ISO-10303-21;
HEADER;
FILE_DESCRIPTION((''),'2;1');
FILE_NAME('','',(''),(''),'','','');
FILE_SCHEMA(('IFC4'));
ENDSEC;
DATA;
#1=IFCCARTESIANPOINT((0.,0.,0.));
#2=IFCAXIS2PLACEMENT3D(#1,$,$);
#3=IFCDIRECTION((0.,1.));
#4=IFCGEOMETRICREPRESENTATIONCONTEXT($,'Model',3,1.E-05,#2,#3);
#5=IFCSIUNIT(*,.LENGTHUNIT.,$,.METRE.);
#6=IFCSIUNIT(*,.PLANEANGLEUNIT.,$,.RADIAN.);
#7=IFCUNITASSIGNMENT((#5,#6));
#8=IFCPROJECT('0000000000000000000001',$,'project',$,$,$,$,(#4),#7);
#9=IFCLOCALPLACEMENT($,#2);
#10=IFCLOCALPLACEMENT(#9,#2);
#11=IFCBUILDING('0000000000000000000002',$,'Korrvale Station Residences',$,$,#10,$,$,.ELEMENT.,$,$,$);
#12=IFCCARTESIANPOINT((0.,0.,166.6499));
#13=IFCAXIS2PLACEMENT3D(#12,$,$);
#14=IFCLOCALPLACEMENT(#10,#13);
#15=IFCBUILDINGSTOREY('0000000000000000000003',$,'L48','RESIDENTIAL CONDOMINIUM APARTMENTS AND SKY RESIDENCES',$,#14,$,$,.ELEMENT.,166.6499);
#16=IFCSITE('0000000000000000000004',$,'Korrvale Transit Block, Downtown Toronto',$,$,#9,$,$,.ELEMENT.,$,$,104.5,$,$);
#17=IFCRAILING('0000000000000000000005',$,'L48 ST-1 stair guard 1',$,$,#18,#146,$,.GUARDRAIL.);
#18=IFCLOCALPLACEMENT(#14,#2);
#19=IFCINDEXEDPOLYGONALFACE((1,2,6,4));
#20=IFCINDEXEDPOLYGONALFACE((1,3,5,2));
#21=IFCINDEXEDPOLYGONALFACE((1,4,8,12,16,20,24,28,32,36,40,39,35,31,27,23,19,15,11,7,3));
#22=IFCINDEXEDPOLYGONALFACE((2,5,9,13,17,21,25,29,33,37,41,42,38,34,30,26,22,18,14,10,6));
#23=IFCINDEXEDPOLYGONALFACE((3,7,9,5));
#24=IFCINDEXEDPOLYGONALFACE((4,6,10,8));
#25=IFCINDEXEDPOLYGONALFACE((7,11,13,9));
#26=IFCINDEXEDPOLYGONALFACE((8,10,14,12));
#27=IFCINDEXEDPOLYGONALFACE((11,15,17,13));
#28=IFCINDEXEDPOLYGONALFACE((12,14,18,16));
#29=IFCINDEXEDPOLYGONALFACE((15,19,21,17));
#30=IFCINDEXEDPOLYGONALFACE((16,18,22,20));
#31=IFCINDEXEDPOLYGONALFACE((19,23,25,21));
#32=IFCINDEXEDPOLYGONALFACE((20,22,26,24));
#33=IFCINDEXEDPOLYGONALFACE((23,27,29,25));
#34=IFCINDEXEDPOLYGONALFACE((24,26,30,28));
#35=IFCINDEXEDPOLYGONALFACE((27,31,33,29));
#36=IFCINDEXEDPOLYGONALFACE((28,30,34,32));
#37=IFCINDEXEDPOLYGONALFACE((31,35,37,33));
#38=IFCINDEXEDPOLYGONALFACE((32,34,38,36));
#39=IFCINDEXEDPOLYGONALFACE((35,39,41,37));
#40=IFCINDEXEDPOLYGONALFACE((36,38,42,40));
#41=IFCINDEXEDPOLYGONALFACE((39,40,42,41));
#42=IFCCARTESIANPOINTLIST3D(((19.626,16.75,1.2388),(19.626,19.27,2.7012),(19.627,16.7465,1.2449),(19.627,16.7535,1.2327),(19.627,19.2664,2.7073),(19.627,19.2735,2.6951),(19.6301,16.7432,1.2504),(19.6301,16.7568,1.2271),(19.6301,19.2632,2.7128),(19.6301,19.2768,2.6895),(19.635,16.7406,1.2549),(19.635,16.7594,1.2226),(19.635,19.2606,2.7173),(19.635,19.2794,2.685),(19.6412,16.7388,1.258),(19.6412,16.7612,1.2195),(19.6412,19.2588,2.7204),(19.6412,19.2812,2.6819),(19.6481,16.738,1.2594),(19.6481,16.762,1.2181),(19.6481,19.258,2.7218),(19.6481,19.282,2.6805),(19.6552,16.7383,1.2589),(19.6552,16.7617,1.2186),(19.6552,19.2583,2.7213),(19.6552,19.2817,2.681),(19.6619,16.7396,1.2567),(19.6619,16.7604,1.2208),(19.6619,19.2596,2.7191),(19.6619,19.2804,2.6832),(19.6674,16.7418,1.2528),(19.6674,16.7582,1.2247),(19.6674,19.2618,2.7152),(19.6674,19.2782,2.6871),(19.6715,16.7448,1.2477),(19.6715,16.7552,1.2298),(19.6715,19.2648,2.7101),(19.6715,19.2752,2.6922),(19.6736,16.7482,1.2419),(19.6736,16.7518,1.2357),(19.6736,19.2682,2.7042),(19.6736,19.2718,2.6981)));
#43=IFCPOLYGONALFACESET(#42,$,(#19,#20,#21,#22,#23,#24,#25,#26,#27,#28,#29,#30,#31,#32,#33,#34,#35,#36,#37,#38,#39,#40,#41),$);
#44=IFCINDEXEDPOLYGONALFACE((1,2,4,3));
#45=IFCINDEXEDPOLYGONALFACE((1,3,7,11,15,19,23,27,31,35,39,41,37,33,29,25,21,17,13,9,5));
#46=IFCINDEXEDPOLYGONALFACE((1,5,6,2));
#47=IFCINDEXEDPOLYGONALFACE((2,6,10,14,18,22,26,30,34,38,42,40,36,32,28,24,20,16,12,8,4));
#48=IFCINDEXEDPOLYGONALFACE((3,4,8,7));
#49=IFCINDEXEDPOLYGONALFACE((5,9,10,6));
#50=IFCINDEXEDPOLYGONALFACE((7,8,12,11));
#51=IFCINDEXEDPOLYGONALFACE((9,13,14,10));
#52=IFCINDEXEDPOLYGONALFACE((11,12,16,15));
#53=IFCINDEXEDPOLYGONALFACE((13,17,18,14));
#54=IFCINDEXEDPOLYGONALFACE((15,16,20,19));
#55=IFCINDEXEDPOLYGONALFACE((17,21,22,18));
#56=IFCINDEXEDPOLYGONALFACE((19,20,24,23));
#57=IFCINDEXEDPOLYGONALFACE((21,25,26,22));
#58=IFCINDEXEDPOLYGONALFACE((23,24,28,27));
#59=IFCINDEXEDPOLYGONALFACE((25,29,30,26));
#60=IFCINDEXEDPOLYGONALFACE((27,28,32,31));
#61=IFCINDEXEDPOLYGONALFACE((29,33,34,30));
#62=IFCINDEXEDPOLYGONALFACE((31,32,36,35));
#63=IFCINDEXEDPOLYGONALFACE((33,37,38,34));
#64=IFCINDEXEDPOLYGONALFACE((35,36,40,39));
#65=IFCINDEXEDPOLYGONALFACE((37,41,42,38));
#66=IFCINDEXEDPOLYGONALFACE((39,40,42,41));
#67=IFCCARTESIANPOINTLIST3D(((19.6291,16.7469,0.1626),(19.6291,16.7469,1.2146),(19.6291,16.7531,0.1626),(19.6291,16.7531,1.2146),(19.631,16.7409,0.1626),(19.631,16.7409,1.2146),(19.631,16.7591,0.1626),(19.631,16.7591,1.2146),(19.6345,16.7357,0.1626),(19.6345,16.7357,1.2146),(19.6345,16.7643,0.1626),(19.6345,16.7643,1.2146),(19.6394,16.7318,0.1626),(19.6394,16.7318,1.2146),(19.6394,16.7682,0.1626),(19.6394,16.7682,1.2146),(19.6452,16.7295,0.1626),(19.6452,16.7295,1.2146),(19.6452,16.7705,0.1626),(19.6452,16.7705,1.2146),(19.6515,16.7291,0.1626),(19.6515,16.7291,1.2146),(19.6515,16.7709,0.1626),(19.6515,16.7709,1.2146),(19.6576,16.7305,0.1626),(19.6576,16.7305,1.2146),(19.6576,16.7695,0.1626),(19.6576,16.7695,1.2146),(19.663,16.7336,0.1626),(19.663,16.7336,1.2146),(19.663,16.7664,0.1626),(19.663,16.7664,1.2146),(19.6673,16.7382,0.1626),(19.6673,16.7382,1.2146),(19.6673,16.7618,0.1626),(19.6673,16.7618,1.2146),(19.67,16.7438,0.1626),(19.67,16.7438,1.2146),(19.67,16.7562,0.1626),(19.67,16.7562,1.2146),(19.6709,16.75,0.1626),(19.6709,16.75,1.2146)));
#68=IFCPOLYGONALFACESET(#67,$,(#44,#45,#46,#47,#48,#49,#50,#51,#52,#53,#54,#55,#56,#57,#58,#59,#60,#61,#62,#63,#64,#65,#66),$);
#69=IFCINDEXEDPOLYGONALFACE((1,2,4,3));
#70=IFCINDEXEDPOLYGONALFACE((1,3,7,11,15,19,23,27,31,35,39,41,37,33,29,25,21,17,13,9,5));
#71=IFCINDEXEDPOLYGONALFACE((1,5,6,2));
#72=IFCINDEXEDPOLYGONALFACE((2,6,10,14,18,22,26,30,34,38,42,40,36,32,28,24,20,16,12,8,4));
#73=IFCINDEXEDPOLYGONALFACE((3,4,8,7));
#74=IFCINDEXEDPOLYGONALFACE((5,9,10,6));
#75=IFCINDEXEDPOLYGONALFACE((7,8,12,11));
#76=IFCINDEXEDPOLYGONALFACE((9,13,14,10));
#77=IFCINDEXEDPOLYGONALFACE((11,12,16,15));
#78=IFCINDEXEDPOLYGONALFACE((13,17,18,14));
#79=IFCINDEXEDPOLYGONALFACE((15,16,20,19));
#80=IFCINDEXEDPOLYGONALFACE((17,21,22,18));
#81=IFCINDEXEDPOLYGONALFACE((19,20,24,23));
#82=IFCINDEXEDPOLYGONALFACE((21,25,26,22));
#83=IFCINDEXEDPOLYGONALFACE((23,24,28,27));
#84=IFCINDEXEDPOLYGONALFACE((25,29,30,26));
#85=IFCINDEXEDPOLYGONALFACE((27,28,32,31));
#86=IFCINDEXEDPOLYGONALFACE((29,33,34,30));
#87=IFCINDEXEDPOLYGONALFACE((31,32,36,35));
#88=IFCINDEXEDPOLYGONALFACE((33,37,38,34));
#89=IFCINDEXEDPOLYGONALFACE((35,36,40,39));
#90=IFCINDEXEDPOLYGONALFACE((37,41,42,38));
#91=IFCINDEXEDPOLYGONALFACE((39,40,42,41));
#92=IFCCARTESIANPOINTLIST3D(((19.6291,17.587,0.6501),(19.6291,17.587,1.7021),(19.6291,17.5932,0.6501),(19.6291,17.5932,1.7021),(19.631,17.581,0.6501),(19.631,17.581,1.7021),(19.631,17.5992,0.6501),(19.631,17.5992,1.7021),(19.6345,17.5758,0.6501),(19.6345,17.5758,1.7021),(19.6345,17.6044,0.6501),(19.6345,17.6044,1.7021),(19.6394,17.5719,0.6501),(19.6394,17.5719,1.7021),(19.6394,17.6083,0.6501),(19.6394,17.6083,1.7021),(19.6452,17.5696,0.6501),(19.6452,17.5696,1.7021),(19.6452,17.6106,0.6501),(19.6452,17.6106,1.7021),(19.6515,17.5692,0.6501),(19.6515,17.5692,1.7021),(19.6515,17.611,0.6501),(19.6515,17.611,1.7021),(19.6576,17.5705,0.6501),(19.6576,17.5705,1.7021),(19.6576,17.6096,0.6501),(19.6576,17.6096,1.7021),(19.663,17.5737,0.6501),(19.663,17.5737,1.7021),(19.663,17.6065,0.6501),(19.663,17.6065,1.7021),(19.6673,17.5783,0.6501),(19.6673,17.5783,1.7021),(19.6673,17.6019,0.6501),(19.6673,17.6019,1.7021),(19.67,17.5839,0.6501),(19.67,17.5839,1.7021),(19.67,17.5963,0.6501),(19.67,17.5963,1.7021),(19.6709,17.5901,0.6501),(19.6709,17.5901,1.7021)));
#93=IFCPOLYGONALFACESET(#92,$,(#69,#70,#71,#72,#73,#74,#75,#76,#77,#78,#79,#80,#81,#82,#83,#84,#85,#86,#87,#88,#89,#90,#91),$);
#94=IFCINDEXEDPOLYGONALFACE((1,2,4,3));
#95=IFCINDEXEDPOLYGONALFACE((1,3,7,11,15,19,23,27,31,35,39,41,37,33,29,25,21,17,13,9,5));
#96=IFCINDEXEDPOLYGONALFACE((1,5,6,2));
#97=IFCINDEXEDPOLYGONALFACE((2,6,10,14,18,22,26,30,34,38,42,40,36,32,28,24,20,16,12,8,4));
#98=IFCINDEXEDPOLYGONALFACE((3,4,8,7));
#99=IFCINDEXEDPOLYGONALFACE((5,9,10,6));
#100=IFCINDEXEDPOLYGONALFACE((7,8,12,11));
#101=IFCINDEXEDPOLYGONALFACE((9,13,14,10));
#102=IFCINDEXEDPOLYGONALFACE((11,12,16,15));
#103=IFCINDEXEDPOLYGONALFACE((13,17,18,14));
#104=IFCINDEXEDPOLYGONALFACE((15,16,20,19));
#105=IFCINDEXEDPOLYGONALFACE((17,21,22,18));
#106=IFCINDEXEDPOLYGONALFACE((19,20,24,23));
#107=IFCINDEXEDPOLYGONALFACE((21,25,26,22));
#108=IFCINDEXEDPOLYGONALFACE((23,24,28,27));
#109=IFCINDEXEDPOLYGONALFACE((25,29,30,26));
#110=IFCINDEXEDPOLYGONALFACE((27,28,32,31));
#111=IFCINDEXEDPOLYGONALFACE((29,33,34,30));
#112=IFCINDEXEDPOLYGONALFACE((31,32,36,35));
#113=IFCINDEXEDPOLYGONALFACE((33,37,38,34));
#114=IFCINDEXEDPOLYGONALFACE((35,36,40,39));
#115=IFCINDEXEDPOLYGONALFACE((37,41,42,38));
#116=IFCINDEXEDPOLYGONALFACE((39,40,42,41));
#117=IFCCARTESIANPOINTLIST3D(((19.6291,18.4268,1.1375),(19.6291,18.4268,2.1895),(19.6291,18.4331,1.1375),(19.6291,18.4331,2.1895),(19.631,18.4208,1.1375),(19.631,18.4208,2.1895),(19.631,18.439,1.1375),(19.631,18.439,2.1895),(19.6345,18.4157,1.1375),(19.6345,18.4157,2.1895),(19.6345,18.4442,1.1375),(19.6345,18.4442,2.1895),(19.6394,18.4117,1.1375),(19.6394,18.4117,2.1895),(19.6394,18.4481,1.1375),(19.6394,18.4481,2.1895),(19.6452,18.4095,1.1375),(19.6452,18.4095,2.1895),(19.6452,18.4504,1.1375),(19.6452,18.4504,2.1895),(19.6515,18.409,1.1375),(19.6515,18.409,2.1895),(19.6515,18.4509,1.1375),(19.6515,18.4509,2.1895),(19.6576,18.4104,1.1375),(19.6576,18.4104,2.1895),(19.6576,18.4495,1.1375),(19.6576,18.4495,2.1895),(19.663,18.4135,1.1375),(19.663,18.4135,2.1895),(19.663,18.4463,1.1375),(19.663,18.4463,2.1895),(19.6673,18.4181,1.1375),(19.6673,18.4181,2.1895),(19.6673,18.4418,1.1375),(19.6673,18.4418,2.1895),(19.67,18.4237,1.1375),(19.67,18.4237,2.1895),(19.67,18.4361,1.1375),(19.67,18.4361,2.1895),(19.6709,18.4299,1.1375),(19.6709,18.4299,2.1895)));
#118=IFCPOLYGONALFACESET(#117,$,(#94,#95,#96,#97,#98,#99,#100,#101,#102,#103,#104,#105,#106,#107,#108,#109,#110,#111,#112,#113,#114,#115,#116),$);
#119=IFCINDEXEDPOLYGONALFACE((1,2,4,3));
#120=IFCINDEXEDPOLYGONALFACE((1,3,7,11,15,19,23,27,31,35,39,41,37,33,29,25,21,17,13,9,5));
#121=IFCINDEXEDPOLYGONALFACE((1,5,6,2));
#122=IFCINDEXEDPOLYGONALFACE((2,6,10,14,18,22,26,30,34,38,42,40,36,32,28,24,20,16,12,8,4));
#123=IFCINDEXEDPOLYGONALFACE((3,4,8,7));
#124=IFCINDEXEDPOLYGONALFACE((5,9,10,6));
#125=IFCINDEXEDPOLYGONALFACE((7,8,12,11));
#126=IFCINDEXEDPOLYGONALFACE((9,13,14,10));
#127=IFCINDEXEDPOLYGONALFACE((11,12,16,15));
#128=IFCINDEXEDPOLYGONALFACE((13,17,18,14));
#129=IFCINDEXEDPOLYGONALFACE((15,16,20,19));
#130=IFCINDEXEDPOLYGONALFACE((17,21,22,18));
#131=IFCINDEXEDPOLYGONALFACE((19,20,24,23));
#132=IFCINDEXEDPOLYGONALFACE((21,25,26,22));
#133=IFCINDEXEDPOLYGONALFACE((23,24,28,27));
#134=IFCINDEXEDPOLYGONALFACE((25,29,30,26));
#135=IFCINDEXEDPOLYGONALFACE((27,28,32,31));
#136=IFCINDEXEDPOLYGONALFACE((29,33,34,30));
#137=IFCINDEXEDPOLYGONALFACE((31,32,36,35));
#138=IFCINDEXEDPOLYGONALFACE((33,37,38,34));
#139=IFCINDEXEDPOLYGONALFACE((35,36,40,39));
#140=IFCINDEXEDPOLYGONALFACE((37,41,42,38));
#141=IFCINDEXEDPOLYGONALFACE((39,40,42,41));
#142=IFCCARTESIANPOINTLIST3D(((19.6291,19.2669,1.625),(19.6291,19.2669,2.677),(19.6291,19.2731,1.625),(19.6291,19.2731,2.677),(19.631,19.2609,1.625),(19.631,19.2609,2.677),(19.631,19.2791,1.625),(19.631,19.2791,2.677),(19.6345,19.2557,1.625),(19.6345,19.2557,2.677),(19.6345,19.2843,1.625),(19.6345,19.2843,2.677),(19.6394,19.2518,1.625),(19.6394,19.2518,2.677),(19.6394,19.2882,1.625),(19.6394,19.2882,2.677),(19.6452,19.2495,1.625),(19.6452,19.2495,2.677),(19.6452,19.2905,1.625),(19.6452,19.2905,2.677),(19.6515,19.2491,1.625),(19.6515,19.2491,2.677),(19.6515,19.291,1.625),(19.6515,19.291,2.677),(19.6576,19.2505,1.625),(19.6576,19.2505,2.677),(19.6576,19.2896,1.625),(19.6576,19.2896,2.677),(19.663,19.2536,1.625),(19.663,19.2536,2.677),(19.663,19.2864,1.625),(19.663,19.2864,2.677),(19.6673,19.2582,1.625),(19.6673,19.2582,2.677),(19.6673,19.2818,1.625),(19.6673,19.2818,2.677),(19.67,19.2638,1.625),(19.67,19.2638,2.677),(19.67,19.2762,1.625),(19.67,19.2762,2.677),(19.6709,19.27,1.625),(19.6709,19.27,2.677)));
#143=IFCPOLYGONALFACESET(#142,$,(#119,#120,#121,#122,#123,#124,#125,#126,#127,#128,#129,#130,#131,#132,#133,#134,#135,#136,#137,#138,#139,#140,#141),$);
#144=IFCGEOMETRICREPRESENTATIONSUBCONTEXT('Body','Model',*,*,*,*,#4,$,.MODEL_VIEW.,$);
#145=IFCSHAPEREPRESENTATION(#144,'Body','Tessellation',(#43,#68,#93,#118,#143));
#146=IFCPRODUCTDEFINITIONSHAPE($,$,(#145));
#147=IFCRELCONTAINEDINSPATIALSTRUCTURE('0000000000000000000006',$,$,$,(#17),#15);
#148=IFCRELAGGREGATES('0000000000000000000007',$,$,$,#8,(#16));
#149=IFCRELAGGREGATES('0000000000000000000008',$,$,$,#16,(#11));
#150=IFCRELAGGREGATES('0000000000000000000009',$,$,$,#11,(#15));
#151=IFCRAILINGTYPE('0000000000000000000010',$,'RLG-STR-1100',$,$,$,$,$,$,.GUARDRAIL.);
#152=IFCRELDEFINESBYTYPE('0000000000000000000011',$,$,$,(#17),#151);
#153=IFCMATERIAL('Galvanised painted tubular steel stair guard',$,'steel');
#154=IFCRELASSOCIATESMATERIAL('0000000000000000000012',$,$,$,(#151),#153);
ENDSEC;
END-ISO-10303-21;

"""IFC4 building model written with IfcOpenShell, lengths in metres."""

from ifc_helpers import new_model, si_unit, direction, frame, origin, origin_2d, place, context, subcontext, project, spatial, circle, extrude, material, type_object, element, save


model = new_model("IFC4")

# Units and contexts
model_context = context("Model", 3, precision=1e-05, world=origin(), true_north=direction((0.0, 1.0)))
body_context = subcontext(model_context, "Body", "Model", "MODEL_VIEW")
ifc_project = project(units=[si_unit("LENGTHUNIT", "METRE"), si_unit("PLANEANGLEUNIT", "RADIAN")], contexts=[model_context])

# Site, building, storey
site_placement = place(None, origin())
site = spatial("IfcSite", under=ifc_project, at=site_placement, Name="Korrvale Transit Block, Downtown Toronto", CompositionType="ELEMENT", RefElevation=104.5)
building_placement = place(site_placement, origin())
building = spatial("IfcBuilding", under=site, at=building_placement, Name="Korrvale Station Residences", CompositionType="ELEMENT")
storey_placement = place(building_placement, frame((0.0, 0.0, 166.6499)))
storey = spatial("IfcBuildingStorey", under=building, at=storey_placement, Name="L48", Description="RESIDENTIAL CONDOMINIUM APARTMENTS AND SKY RESIDENCES", CompositionType="ELEMENT", Elevation=166.6499)

# Railing
ifc_material_1 = material(Name="Galvanised painted tubular steel stair guard", Category="steel")
railing_type_1 = type_object("IfcRailingType", Name="RLG-STR-1100", PredefinedType="GUARDRAIL", material=ifc_material_1)
railing_1_placement = place(storey_placement, frame((19.6499, 16.75, 0.1626)))
element("IfcRailing", 1, at=railing_1_placement, inside=storey, type_object=railing_type_1, Name="L48 ST-1 stair guard 1", PredefinedType="GUARDRAIL", context=body_context, shape_type="SweptSolid", body=[
    extrude(circle(Radius=0.0239, at=origin_2d()), frame((0.0, 0.0, 1.0762), z_axis=(0.0, 0.864913, 0.501921), x_axis=(-1.0, 0.0, 0.0)), (0.0, 0.0, 1.0), 2.9136),
    extrude(circle(Radius=0.021, at=origin_2d()), origin(), (0.0, 0.0, 1.0), 1.052),
    extrude(circle(Radius=0.021, at=origin_2d()), frame((0.0, 0.8401, 0.4875)), (0.0, 0.0, 1.0), 1.052),
    extrude(circle(Radius=0.021, at=origin_2d()), frame((0.0, 1.6799, 0.9749)), (0.0, 0.0, 1.0), 1.052),
    extrude(circle(Radius=0.021, at=origin_2d()), frame((0.0, 2.52, 1.4624)), (0.0, 0.0, 1.0), 1.052),
])

save(model, "model.ifc")
